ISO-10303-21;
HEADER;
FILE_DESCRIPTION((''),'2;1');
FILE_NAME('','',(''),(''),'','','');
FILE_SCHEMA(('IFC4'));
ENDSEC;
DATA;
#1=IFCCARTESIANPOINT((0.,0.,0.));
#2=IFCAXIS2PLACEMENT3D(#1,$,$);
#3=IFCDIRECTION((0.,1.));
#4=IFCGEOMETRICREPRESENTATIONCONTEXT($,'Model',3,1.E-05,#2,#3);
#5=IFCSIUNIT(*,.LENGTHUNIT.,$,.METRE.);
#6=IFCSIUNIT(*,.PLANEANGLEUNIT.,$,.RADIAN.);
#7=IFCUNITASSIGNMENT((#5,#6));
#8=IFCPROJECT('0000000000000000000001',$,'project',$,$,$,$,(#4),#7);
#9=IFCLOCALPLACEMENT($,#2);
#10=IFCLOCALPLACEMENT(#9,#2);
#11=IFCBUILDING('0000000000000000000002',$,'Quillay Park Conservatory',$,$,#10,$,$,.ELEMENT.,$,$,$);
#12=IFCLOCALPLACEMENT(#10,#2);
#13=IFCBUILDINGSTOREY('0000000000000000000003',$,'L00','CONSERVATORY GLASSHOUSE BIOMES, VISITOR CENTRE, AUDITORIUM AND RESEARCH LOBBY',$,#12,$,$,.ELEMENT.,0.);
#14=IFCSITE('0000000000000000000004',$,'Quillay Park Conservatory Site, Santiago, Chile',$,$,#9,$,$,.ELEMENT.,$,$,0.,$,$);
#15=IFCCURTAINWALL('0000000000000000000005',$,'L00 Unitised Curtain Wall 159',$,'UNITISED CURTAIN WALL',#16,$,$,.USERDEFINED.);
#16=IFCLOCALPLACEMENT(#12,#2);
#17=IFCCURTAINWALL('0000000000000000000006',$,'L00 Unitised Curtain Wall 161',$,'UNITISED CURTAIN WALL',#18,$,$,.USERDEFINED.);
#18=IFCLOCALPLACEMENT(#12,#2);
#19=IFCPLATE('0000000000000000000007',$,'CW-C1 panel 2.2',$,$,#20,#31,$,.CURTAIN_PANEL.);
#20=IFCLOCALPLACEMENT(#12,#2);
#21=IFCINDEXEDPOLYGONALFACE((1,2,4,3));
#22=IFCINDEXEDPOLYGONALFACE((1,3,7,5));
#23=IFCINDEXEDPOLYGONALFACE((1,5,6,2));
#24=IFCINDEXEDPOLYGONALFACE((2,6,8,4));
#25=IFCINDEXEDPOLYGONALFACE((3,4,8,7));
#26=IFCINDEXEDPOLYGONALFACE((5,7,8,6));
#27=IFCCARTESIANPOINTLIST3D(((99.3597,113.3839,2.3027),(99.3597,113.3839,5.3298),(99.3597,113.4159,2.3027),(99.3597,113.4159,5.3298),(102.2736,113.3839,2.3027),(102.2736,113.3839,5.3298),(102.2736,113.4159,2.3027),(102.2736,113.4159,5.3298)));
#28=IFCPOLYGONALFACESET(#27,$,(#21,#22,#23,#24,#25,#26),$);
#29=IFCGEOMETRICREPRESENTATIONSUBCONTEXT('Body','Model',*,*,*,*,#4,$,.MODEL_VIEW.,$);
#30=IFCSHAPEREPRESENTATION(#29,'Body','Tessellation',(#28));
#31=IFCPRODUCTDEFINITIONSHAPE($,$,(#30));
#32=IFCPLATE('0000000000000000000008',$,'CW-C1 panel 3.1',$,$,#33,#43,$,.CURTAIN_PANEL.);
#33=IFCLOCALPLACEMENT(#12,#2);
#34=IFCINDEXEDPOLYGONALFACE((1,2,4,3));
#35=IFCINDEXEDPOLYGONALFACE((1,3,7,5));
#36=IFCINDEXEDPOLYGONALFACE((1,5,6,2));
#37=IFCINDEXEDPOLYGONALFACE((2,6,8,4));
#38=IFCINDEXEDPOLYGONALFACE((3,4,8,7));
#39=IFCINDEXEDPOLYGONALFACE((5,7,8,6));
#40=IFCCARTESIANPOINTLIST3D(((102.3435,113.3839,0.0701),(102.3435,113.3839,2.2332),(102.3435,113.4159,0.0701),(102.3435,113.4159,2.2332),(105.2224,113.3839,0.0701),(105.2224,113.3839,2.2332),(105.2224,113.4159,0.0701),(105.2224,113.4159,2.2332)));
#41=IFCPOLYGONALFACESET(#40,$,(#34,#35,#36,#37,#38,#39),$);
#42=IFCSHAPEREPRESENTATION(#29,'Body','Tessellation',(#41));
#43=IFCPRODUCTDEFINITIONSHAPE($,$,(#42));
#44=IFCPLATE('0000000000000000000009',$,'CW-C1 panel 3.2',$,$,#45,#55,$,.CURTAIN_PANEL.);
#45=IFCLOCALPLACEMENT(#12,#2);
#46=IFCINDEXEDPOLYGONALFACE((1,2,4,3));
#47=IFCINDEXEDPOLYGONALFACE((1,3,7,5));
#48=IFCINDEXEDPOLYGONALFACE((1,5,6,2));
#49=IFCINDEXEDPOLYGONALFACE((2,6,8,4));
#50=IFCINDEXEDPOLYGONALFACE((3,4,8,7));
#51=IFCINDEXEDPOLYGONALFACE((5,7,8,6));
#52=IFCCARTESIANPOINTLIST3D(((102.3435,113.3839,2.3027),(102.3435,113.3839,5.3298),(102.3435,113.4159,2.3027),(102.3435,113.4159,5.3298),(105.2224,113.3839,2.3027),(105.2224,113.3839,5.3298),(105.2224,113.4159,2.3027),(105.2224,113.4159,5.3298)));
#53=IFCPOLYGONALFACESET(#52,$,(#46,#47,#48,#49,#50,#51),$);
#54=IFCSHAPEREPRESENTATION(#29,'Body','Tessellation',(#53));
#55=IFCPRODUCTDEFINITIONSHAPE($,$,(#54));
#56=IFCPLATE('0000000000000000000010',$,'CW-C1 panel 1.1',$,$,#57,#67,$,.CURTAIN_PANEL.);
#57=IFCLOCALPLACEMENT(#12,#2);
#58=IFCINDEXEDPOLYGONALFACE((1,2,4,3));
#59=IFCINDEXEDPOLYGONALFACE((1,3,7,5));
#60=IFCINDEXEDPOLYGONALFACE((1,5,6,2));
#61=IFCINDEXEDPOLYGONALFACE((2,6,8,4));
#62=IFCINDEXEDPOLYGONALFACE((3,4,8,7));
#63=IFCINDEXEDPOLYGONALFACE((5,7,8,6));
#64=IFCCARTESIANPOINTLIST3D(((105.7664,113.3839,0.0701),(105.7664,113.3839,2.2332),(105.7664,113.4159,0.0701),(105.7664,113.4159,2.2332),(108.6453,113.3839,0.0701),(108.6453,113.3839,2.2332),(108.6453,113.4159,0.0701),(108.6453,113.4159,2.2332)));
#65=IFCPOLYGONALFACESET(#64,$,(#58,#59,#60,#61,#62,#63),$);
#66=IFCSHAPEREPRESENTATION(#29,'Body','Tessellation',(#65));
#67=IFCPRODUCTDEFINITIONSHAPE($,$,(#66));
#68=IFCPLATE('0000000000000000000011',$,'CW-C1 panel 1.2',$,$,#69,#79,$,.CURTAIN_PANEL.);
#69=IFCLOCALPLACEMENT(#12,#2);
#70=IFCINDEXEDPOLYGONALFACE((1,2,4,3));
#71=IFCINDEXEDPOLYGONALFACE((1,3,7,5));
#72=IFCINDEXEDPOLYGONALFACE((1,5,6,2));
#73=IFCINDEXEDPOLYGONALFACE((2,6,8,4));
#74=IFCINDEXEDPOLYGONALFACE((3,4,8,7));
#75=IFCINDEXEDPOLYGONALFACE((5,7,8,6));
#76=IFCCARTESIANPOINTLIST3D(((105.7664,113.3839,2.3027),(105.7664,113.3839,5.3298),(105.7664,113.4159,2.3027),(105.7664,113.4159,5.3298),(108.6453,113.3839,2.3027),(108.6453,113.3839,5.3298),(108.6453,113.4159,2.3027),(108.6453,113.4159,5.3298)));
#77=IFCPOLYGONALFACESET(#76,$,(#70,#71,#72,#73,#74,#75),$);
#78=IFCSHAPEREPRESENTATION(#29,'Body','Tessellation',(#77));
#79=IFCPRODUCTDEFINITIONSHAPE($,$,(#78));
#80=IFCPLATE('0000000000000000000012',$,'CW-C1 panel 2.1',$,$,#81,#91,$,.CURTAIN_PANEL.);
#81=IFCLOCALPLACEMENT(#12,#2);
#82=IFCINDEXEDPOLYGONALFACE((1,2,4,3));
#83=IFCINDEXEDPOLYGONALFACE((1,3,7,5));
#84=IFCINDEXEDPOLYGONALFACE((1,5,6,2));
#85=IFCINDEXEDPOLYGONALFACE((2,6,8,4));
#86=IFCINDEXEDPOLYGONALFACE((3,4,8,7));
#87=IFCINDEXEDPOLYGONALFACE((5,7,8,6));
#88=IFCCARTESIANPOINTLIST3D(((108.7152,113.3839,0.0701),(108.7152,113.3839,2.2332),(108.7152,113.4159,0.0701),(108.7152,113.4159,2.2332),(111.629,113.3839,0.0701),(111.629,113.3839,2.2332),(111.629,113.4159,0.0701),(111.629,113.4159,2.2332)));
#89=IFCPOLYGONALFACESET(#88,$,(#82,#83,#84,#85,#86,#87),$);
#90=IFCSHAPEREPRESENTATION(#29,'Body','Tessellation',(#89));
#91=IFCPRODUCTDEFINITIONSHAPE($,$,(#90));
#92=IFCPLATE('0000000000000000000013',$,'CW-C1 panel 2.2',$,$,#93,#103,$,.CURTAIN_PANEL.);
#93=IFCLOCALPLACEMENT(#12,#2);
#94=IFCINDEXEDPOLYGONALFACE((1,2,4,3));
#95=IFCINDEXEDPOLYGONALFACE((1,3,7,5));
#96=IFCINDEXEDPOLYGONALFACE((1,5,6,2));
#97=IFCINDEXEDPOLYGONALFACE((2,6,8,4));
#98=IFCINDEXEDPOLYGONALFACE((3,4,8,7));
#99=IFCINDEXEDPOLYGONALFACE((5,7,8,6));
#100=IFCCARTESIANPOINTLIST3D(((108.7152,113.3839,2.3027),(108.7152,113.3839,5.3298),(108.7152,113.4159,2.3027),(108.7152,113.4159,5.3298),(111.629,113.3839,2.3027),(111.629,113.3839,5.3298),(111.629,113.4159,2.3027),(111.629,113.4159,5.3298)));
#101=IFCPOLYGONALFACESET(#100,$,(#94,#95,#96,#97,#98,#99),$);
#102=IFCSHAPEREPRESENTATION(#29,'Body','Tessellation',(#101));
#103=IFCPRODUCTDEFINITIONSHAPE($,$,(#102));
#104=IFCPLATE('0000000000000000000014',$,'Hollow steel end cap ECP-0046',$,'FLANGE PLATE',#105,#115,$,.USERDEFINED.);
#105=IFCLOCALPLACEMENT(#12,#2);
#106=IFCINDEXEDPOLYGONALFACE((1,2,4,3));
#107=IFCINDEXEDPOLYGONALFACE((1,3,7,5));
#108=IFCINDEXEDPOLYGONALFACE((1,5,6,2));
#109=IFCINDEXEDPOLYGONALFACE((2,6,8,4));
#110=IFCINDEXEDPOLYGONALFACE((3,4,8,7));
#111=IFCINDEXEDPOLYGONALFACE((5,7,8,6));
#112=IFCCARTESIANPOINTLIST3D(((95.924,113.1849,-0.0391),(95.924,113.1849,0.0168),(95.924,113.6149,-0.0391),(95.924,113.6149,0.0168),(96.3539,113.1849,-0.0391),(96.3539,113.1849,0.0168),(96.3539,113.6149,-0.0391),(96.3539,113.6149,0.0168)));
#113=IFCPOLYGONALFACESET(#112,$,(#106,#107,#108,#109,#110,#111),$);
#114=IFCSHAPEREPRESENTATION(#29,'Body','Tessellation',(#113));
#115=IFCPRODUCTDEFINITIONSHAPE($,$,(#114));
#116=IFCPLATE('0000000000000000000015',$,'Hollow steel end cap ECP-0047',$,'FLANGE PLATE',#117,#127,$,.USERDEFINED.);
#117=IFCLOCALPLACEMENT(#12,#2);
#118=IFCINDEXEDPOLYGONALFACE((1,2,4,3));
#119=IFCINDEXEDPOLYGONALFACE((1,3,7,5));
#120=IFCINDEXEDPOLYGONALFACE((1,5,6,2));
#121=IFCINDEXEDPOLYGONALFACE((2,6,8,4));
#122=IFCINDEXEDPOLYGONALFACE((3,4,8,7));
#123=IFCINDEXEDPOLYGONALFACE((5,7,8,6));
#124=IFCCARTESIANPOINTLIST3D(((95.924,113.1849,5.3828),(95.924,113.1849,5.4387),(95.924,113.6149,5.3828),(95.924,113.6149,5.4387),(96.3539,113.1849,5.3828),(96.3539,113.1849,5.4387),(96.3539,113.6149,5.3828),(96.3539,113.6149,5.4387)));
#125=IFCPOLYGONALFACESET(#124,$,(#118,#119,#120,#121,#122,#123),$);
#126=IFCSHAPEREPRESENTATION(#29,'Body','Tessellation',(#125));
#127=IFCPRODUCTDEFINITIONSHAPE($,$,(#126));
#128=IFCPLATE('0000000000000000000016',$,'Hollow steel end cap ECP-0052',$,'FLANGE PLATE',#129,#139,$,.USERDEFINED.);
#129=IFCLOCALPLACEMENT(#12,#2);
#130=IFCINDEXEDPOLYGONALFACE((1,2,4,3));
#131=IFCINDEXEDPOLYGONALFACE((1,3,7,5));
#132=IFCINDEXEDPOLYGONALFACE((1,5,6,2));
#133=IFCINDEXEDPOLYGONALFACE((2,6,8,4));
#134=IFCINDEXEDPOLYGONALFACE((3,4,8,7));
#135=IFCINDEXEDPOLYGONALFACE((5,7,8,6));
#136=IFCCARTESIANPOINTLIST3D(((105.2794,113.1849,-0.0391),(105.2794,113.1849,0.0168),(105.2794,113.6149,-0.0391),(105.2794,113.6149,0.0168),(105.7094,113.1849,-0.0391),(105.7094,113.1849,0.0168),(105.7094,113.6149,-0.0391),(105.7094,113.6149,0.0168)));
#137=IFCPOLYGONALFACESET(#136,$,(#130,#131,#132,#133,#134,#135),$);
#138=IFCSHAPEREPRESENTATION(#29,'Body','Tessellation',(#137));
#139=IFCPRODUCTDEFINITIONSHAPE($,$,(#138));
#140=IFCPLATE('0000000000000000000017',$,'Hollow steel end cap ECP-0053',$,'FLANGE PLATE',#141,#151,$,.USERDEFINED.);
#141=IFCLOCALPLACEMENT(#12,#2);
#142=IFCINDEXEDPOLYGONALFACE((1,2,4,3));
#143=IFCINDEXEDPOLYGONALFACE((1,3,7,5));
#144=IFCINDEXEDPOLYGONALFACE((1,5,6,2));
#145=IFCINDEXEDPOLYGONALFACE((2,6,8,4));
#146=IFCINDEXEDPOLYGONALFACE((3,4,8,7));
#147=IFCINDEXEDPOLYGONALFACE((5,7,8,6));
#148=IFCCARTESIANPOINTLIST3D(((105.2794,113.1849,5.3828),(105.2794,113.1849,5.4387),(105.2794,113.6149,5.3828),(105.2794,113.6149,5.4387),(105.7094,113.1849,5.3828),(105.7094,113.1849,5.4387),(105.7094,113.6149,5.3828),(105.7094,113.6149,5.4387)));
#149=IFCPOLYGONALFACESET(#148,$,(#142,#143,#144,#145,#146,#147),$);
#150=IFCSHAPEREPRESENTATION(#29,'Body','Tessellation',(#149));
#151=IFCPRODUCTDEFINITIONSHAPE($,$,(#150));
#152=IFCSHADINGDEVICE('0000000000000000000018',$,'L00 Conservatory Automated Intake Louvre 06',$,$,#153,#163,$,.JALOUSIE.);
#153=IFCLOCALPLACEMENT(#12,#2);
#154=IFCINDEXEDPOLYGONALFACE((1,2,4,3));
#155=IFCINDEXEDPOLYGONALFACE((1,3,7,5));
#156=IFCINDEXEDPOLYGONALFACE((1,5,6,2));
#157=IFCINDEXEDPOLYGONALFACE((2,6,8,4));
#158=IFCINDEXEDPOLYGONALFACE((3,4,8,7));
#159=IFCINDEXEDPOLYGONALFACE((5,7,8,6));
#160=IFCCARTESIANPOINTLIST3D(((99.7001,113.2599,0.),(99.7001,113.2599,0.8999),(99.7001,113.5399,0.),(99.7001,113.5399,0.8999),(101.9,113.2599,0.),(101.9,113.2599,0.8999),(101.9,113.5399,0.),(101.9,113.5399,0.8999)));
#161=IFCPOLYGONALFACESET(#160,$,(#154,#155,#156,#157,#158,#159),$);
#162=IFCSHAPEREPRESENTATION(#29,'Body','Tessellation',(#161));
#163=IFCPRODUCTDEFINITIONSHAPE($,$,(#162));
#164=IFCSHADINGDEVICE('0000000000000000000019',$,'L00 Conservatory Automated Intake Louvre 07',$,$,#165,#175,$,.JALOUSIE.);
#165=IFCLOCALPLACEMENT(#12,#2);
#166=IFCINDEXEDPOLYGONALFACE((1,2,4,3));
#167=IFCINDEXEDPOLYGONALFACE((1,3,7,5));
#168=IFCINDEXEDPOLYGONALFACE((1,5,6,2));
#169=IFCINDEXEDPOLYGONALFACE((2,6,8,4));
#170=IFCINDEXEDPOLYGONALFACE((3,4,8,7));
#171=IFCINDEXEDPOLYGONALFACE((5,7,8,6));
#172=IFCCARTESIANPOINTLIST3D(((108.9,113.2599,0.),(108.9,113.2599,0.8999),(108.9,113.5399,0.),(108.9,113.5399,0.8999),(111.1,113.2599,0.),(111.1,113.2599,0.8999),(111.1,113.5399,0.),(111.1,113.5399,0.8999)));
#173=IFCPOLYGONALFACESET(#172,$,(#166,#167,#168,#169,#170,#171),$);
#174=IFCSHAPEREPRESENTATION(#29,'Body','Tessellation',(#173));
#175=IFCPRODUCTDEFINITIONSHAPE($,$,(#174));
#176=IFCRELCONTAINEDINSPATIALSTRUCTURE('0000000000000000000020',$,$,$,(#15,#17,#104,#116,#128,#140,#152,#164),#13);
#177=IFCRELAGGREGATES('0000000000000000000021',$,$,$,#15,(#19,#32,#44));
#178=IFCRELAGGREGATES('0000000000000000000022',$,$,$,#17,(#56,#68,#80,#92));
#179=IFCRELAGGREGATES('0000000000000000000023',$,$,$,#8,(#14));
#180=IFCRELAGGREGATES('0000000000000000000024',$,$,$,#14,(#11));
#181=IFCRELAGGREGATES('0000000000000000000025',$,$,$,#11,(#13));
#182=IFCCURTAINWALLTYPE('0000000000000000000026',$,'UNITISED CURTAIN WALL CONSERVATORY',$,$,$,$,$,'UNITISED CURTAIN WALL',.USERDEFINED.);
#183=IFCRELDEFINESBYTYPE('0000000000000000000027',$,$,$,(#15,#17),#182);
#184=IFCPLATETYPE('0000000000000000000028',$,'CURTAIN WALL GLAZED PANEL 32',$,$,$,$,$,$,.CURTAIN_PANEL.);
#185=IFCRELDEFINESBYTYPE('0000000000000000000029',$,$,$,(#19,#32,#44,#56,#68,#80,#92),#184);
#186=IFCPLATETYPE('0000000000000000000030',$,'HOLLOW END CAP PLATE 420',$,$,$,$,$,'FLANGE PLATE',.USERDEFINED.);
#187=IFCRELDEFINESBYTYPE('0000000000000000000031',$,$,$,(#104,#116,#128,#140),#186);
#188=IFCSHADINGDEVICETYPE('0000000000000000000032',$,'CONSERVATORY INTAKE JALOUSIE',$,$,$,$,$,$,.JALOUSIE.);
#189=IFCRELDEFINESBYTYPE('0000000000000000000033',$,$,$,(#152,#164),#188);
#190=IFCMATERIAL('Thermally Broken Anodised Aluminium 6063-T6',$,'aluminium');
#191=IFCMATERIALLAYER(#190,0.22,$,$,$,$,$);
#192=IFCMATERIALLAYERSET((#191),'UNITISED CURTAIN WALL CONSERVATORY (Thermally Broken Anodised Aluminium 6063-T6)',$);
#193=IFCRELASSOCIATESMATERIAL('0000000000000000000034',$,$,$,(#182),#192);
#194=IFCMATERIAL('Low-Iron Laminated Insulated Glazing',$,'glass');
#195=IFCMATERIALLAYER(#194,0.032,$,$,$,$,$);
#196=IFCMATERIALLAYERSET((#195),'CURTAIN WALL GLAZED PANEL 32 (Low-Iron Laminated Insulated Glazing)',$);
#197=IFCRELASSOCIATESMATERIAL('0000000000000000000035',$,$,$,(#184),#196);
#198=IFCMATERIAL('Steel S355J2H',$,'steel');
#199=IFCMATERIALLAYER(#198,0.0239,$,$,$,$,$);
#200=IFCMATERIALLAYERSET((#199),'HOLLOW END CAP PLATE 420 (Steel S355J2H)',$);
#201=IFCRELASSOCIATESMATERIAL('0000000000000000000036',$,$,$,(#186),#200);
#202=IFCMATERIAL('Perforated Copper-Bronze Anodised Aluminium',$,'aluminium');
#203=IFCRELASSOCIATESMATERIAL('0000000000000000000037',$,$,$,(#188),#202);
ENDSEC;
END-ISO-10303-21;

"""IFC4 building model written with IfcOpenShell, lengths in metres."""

from ifc_helpers import new_model, si_unit, direction, frame, origin, origin_2d, place, context, subcontext, project, spatial, rectangle, extrude, material, layer, layer_set, type_object, element, aggregate, save


model = new_model("IFC4")

# Units and contexts
model_context = context("Model", 3, precision=1e-05, world=origin(), true_north=direction((0.0, 1.0)))
body_context = subcontext(model_context, "Body", "Model", "MODEL_VIEW")
ifc_project = project(units=[si_unit("LENGTHUNIT", "METRE"), si_unit("PLANEANGLEUNIT", "RADIAN")], contexts=[model_context])

# Site, building, storey
site_placement = place(None, origin())
site = spatial("IfcSite", under=ifc_project, at=site_placement, Name="Quillay Park Conservatory Site, Santiago, Chile", CompositionType="ELEMENT", RefElevation=0.0)
building_placement = place(site_placement, origin())
building = spatial("IfcBuilding", under=site, at=building_placement, Name="Quillay Park Conservatory", CompositionType="ELEMENT")
storey_placement = place(building_placement, origin())
storey = spatial("IfcBuildingStorey", under=building, at=storey_placement, Name="L00", Description="CONSERVATORY GLASSHOUSE BIOMES, VISITOR CENTRE, AUDITORIUM AND RESEARCH LOBBY", CompositionType="ELEMENT", Elevation=0.0)

# Curtain walls
ifc_material_1 = material(Name="Thermally Broken Anodised Aluminium 6063-T6", Category="aluminium")
ifc_layer_1 = layer(ifc_material_1, 0.22)
ifc_layer_set_1 = layer_set([ifc_layer_1], Name="UNITISED CURTAIN WALL CONSERVATORY (Thermally Broken Anodised Aluminium 6063-T6)")
curtain_wall_type = type_object("IfcCurtainWallType", Name="UNITISED CURTAIN WALL CONSERVATORY", ElementType="UNITISED CURTAIN WALL", PredefinedType="USERDEFINED", material=ifc_layer_set_1)
curtain_wall_1_placement = place(storey_placement, origin())
curtain_wall_1 = element("IfcCurtainWall", 1, at=curtain_wall_1_placement, inside=storey, type_object=curtain_wall_type, Name="L00 Unitised Curtain Wall 159", ObjectType="UNITISED CURTAIN WALL", PredefinedType="USERDEFINED")
curtain_wall_2_placement = place(storey_placement, origin())
curtain_wall_2 = element("IfcCurtainWall", 2, at=curtain_wall_2_placement, inside=storey, type_object=curtain_wall_type, Name="L00 Unitised Curtain Wall 161", ObjectType="UNITISED CURTAIN WALL", PredefinedType="USERDEFINED")

# Plates
ifc_material_2 = material(Name="Low-Iron Laminated Insulated Glazing", Category="glass")
ifc_layer_2 = layer(ifc_material_2, 0.032)
ifc_layer_set_2 = layer_set([ifc_layer_2], Name="CURTAIN WALL GLAZED PANEL 32 (Low-Iron Laminated Insulated Glazing)")
plate_type_1 = type_object("IfcPlateType", Name="CURTAIN WALL GLAZED PANEL 32", PredefinedType="CURTAIN_PANEL", material=ifc_layer_set_2)
plate_1_placement = place(storey_placement, frame((100.8167, 113.3999, 2.3027), z_axis=(0.0, 0.0, 1.0), x_axis=(1.0, 0.0, 0.0)))
plate_1 = element("IfcPlate", 3, at=plate_1_placement, type_object=plate_type_1, Name="CW-C1 panel 2.2", PredefinedType="CURTAIN_PANEL", context=body_context, shape_type="SweptSolid", body=[
    extrude(rectangle(XDim=2.9138, YDim=0.032, at=origin_2d()), origin(), (0.0, 0.0, 1.0), 3.0271),
])
plate_2_placement = place(storey_placement, frame((103.783, 113.3999, 0.0701), z_axis=(0.0, 0.0, 1.0), x_axis=(1.0, 0.0, 0.0)))
plate_2 = element("IfcPlate", 4, at=plate_2_placement, type_object=plate_type_1, Name="CW-C1 panel 3.1", PredefinedType="CURTAIN_PANEL", context=body_context, shape_type="SweptSolid", body=[
    extrude(rectangle(XDim=2.8789, YDim=0.032, at=origin_2d()), origin(), (0.0, 0.0, 1.0), 2.1631),
])
plate_3_placement = place(storey_placement, frame((103.783, 113.3999, 2.3027), z_axis=(0.0, 0.0, 1.0), x_axis=(1.0, 0.0, 0.0)))
plate_3 = element("IfcPlate", 5, at=plate_3_placement, type_object=plate_type_1, Name="CW-C1 panel 3.2", PredefinedType="CURTAIN_PANEL", context=body_context, shape_type="SweptSolid", body=[
    extrude(rectangle(XDim=2.8789, YDim=0.032, at=origin_2d()), origin(), (0.0, 0.0, 1.0), 3.0271),
])
aggregate(curtain_wall_1, [plate_1, plate_2, plate_3])
plate_4_placement = place(storey_placement, frame((107.2058, 113.3999, 0.0701), z_axis=(0.0, 0.0, 1.0), x_axis=(1.0, 0.0, 0.0)))
plate_4 = element("IfcPlate", 6, at=plate_4_placement, type_object=plate_type_1, Name="CW-C1 panel 1.1", PredefinedType="CURTAIN_PANEL", context=body_context, shape_type="SweptSolid", body=[
    extrude(rectangle(XDim=2.8789, YDim=0.032, at=origin_2d()), origin(), (0.0, 0.0, 1.0), 2.1631),
])
plate_5_placement = place(storey_placement, frame((107.2058, 113.3999, 2.3027), z_axis=(0.0, 0.0, 1.0), x_axis=(1.0, 0.0, 0.0)))
plate_5 = element("IfcPlate", 7, at=plate_5_placement, type_object=plate_type_1, Name="CW-C1 panel 1.2", PredefinedType="CURTAIN_PANEL", context=body_context, shape_type="SweptSolid", body=[
    extrude(rectangle(XDim=2.8789, YDim=0.032, at=origin_2d()), origin(), (0.0, 0.0, 1.0), 3.0271),
])
plate_6_placement = place(storey_placement, frame((110.1721, 113.3999, 0.0701), z_axis=(0.0, 0.0, 1.0), x_axis=(1.0, 0.0, 0.0)))
plate_6 = element("IfcPlate", 8, at=plate_6_placement, type_object=plate_type_1, Name="CW-C1 panel 2.1", PredefinedType="CURTAIN_PANEL", context=body_context, shape_type="SweptSolid", body=[
    extrude(rectangle(XDim=2.9138, YDim=0.032, at=origin_2d()), origin(), (0.0, 0.0, 1.0), 2.1631),
])
plate_7_placement = place(storey_placement, frame((110.1721, 113.3999, 2.3027), z_axis=(0.0, 0.0, 1.0), x_axis=(1.0, 0.0, 0.0)))
plate_7 = element("IfcPlate", 9, at=plate_7_placement, type_object=plate_type_1, Name="CW-C1 panel 2.2", PredefinedType="CURTAIN_PANEL", context=body_context, shape_type="SweptSolid", body=[
    extrude(rectangle(XDim=2.9138, YDim=0.032, at=origin_2d()), origin(), (0.0, 0.0, 1.0), 3.0271),
])
aggregate(curtain_wall_2, [plate_4, plate_5, plate_6, plate_7])

# Plates
ifc_material_3 = material(Name="Steel S355J2H", Category="steel")
ifc_layer_3 = layer(ifc_material_3, 0.0239)
ifc_layer_set_3 = layer_set([ifc_layer_3], Name="HOLLOW END CAP PLATE 420 (Steel S355J2H)")
plate_type_2 = type_object("IfcPlateType", Name="HOLLOW END CAP PLATE 420", ElementType="FLANGE PLATE", PredefinedType="USERDEFINED", material=ifc_layer_set_3)
for number, where, z_axis, x_axis, name in (
    (10, (96.1389, 113.3999, -0.0391), (0.0, 0.0, 1.0), (1.0, 0.0, 0.0), "Hollow steel end cap ECP-0046"),
    (11, (96.1389, 113.3999, 5.3828), (0.0, 0.0, 1.0), (1.0, 0.0, 0.0), "Hollow steel end cap ECP-0047"),
    (12, (105.4944, 113.3999, -0.0391), (0.0, 0.0, 1.0), (1.0, 0.0, 0.0), "Hollow steel end cap ECP-0052"),
    (13, (105.4944, 113.3999, 5.3828), (0.0, 0.0, 1.0), (1.0, 0.0, 0.0), "Hollow steel end cap ECP-0053"),
):
    element("IfcPlate", number, at=place(storey_placement, frame(where, z_axis=z_axis, x_axis=x_axis)), inside=storey, type_object=plate_type_2, Name=name, ObjectType="FLANGE PLATE", PredefinedType="USERDEFINED", context=body_context, shape_type="SweptSolid", body=[
        extrude(rectangle(XDim=0.4299, YDim=0.4299, at=origin_2d()), origin(), (0.0, 0.0, 1.0), 0.0559),
    ])

# Shading devices
ifc_material_4 = material(Name="Perforated Copper-Bronze Anodised Aluminium", Category="aluminium")
shading_device_type = type_object("IfcShadingDeviceType", Name="CONSERVATORY INTAKE JALOUSIE", PredefinedType="JALOUSIE", material=ifc_material_4)
for number, where, z_axis, x_axis, name in (
    (14, (100.8, 113.3999, 0.0), (0.0, 0.0, 1.0), (1.0, 0.0, 0.0), "L00 Conservatory Automated Intake Louvre 06"),
    (15, (110.0, 113.3999, 0.0), (0.0, 0.0, 1.0), (1.0, 0.0, 0.0), "L00 Conservatory Automated Intake Louvre 07"),
):
    element("IfcShadingDevice", number, at=place(storey_placement, frame(where, z_axis=z_axis, x_axis=x_axis)), inside=storey, type_object=shading_device_type, Name=name, PredefinedType="JALOUSIE", context=body_context, shape_type="SweptSolid", body=[
        extrude(rectangle(XDim=2.2, YDim=0.28, at=origin_2d()), origin(), (0.0, 0.0, 1.0), 0.8999),
    ])

save(model, "model.ifc")
